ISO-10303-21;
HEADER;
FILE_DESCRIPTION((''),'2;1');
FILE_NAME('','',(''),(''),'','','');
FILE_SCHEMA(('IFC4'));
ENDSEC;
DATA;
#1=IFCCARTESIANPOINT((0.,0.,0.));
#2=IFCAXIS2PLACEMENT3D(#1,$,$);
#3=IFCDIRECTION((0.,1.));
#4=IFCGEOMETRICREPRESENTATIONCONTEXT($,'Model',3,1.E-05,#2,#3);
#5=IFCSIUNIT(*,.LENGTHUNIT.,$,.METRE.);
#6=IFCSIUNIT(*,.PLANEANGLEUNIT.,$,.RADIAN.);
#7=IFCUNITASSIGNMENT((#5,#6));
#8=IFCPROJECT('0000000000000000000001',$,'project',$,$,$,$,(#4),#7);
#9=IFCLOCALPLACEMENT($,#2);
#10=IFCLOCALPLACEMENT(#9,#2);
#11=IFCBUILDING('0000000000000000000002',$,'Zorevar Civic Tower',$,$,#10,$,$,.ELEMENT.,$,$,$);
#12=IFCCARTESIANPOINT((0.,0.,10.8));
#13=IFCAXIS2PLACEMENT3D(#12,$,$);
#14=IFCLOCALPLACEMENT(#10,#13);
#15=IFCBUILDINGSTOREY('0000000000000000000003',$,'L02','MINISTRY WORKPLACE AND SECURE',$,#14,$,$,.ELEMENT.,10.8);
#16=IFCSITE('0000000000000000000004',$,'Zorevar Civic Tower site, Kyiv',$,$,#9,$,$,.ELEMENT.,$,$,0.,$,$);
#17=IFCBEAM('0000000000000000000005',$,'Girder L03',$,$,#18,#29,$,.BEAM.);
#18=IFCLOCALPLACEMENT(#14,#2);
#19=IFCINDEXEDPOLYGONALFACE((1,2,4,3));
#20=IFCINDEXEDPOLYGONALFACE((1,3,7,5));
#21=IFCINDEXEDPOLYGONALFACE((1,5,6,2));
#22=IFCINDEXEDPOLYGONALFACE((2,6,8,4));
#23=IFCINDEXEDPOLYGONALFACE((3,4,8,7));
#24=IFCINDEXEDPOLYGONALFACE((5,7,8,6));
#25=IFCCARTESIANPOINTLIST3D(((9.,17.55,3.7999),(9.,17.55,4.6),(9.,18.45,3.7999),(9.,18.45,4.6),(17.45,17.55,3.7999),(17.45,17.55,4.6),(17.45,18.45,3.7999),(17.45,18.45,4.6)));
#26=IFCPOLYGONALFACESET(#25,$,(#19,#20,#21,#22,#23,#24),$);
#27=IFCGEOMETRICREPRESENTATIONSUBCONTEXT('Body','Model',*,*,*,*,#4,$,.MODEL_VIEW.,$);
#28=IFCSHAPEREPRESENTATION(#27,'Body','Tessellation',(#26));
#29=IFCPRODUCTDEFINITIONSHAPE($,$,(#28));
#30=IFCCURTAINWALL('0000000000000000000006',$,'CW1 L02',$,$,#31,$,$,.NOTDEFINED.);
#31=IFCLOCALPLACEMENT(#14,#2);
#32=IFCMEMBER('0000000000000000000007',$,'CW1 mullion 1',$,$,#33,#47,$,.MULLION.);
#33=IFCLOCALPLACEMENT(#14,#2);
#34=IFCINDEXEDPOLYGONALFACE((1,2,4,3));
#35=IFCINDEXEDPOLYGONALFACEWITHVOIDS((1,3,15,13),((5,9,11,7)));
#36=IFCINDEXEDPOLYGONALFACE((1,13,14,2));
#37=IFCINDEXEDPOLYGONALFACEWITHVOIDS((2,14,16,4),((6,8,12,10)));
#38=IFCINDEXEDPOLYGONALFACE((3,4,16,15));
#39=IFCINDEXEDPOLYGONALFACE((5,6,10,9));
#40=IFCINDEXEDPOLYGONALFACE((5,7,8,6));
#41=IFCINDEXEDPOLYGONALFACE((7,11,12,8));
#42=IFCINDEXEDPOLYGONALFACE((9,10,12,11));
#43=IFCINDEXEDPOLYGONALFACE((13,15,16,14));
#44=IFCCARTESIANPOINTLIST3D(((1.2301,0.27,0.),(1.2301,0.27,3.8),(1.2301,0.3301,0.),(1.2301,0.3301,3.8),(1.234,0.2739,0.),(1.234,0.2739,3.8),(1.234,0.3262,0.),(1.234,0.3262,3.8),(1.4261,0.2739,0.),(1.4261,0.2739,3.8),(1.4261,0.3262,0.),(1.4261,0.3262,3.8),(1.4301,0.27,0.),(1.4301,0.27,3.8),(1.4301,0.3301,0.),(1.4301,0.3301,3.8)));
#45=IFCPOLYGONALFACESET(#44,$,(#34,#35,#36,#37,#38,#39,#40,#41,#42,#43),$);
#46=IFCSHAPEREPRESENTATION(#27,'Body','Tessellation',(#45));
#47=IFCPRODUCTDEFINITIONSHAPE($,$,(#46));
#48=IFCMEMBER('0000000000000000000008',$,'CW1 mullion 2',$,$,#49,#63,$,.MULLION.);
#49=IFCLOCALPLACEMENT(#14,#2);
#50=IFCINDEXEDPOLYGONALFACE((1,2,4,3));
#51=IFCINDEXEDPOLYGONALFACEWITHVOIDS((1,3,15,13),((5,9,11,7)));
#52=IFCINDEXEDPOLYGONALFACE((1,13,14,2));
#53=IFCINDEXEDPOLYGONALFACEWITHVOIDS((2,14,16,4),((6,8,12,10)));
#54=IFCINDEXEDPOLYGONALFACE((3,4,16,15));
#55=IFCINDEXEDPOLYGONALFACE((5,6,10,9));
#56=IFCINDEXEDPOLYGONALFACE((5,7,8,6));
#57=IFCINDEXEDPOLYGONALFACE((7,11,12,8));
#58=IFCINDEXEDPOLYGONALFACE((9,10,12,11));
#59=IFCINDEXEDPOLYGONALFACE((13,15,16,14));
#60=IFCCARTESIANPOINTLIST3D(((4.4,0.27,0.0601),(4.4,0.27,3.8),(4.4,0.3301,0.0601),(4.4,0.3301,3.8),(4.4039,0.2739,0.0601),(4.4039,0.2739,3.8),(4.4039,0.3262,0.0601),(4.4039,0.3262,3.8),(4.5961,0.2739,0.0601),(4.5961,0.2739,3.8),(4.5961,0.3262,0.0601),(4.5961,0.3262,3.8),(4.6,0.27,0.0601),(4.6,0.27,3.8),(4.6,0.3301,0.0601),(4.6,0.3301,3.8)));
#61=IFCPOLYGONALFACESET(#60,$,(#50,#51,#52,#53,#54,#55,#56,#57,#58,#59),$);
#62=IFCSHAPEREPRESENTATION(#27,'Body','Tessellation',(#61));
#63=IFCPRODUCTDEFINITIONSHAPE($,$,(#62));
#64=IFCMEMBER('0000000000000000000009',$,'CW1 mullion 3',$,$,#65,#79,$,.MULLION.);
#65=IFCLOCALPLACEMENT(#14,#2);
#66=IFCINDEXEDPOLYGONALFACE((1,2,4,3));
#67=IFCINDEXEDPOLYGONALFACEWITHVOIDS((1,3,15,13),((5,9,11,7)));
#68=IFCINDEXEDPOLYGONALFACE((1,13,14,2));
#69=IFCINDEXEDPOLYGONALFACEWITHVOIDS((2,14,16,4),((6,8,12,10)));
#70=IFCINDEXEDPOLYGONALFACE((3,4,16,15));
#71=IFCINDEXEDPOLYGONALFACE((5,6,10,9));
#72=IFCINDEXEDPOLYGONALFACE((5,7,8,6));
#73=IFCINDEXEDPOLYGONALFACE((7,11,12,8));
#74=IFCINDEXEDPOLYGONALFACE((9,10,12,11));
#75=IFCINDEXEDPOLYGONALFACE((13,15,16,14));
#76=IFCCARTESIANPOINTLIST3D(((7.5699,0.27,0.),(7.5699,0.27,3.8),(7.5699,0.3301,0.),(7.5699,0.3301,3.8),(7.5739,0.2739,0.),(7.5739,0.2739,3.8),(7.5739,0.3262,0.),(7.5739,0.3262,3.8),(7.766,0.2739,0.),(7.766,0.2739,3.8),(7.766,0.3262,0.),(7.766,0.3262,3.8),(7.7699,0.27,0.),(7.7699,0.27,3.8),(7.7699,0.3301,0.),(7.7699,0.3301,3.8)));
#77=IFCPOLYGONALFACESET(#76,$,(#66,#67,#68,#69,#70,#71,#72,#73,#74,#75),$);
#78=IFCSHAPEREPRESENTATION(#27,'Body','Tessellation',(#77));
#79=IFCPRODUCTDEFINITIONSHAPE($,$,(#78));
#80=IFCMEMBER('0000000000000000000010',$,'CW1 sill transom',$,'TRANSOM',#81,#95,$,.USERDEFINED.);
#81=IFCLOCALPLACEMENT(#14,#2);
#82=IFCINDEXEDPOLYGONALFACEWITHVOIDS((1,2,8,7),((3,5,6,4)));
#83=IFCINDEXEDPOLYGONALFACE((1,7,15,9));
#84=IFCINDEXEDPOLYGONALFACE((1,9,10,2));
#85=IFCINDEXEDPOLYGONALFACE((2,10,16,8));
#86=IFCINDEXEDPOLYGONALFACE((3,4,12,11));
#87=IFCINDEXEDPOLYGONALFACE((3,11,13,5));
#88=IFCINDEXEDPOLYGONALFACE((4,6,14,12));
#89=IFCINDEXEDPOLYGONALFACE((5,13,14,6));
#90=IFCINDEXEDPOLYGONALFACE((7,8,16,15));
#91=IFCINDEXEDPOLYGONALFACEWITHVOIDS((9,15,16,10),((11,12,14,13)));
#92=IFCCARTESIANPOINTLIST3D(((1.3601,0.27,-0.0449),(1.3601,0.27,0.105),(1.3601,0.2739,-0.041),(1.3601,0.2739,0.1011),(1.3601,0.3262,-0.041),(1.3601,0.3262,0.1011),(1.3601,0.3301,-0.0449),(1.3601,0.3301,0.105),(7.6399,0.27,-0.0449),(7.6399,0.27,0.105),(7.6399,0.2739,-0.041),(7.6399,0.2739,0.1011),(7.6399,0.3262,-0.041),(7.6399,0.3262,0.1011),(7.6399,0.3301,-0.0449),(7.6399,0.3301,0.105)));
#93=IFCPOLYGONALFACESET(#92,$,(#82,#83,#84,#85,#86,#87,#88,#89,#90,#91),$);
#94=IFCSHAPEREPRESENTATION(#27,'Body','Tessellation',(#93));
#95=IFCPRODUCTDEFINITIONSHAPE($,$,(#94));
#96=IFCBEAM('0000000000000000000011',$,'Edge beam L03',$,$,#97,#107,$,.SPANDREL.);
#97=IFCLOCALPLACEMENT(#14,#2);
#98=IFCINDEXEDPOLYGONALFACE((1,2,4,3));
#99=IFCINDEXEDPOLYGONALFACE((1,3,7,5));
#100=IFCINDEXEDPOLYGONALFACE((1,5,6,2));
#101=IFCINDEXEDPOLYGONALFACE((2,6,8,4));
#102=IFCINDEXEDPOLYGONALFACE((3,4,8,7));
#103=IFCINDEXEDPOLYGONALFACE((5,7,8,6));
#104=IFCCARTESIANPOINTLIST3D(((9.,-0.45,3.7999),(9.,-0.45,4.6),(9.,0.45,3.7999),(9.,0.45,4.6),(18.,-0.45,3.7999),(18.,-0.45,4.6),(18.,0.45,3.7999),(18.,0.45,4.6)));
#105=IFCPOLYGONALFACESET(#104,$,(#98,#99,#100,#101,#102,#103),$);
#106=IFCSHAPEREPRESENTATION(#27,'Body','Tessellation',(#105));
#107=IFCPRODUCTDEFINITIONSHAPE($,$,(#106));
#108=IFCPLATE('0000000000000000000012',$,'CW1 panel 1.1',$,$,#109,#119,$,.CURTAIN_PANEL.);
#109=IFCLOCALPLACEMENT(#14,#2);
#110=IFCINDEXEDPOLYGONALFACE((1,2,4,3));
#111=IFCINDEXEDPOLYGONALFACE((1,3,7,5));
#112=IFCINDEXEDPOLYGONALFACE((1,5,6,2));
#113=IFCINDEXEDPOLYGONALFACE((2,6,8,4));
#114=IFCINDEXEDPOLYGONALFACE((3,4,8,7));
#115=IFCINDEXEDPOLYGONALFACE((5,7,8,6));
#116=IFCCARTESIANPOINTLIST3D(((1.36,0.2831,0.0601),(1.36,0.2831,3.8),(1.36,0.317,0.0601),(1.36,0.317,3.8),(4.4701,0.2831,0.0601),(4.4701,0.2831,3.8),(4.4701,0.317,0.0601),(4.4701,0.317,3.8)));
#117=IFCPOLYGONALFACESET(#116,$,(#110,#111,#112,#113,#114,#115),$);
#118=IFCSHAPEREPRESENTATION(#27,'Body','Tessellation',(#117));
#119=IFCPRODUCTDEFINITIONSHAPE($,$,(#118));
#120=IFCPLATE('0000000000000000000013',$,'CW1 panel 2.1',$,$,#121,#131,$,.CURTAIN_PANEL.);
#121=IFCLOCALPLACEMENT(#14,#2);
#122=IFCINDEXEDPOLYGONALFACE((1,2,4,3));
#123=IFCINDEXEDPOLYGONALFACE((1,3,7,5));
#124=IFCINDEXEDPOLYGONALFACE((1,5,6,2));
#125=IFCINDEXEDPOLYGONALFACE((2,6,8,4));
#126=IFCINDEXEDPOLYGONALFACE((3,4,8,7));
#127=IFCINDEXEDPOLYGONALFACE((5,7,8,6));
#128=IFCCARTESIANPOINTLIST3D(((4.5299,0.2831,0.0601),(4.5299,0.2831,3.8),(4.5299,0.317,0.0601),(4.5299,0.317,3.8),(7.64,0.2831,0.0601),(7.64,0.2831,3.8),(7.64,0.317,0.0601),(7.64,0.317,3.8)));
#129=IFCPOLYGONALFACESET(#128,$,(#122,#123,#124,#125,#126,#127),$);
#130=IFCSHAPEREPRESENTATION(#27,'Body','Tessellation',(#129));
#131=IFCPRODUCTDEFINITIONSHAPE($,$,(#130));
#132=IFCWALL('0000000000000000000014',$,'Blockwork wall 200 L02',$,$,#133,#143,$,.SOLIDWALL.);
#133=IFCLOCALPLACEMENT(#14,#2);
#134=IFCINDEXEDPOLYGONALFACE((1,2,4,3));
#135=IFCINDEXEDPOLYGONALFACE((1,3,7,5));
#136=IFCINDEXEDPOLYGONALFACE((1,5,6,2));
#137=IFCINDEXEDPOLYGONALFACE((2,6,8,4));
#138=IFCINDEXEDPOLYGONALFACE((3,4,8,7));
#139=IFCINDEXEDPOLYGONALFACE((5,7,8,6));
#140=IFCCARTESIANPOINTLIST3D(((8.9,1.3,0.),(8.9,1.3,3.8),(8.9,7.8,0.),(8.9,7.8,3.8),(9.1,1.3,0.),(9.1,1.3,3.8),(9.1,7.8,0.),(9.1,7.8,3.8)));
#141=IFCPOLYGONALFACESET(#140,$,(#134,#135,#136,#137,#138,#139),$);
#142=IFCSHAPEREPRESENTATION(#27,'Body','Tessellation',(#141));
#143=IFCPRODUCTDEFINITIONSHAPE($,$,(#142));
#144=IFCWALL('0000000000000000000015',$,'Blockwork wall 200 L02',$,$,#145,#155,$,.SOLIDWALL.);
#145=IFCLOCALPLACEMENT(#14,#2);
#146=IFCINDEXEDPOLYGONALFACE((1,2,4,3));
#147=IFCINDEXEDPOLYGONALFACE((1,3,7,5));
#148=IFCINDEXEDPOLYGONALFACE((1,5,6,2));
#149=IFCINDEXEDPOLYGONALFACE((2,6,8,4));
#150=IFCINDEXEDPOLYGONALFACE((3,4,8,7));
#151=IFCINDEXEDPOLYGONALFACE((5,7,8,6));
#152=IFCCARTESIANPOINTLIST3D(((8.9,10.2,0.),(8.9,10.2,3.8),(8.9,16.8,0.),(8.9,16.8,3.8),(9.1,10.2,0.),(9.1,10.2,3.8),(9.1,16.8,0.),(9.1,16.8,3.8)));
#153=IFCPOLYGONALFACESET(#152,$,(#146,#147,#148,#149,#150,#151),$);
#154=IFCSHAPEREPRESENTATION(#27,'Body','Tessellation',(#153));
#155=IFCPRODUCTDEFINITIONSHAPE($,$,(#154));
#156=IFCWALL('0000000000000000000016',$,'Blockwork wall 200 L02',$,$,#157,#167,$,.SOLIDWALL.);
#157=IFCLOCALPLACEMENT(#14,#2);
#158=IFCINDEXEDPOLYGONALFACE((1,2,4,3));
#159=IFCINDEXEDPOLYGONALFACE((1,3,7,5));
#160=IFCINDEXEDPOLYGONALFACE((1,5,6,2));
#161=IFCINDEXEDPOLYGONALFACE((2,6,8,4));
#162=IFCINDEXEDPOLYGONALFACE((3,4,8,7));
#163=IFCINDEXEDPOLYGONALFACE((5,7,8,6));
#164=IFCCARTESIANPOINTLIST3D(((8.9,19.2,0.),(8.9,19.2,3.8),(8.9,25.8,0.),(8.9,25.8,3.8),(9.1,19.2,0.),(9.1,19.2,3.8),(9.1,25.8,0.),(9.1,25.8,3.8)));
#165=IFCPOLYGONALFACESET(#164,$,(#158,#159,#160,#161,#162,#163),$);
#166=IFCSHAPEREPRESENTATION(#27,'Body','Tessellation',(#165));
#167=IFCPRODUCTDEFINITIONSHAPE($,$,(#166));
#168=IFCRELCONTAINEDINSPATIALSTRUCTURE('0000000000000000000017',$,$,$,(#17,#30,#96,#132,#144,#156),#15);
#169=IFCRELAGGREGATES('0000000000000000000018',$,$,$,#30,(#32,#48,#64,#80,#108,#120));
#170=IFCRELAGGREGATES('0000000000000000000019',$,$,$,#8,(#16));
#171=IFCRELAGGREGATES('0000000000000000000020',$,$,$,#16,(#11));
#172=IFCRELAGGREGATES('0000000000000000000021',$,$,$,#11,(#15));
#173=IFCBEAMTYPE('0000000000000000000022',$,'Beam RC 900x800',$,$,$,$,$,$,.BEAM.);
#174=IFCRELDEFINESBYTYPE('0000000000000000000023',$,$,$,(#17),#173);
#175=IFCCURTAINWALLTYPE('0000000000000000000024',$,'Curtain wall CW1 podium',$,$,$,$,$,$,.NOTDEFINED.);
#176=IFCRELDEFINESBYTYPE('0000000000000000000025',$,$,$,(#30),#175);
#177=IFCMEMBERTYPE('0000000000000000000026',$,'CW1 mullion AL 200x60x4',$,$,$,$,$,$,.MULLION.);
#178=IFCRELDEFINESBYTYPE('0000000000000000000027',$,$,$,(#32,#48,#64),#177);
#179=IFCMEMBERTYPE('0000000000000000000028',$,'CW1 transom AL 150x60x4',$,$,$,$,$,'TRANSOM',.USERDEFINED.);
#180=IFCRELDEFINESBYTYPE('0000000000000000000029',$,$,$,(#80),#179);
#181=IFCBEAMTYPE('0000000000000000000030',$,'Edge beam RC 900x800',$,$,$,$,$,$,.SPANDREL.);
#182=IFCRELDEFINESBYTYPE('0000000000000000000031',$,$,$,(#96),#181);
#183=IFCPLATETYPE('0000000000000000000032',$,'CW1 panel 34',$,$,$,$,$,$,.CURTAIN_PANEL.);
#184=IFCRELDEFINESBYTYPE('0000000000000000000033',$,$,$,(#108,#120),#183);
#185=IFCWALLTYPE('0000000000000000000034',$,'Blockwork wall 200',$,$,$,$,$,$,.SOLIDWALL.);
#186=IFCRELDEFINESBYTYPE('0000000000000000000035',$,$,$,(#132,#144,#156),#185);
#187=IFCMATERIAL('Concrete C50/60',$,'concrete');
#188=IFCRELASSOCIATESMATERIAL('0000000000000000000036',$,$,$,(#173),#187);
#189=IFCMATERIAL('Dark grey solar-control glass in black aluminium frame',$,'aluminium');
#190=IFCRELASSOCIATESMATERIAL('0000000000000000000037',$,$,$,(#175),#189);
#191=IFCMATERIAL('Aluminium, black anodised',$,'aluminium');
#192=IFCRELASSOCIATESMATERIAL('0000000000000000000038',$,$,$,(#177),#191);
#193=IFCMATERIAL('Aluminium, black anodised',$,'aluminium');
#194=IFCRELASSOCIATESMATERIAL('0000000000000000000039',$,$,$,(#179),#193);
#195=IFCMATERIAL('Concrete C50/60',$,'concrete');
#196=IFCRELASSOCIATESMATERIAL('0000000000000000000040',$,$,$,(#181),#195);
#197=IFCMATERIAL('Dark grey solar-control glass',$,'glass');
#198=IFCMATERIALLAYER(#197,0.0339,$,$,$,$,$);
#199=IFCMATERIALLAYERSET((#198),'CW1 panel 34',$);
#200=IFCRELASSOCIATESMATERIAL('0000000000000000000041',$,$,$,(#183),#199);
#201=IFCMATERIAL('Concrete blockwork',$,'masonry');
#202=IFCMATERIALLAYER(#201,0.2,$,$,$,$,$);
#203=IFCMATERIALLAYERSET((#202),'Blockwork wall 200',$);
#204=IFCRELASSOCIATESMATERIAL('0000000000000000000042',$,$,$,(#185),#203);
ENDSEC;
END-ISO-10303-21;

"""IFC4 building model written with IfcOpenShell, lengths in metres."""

from ifc_helpers import new_model, si_unit, direction, frame, frame_2d, origin, origin_2d, place, context, subcontext, project, spatial, rectangle, hollow_rectangle, extrude, material, layer, layer_set, material_profile, profile_set, type_object, element, aggregate, save


model = new_model("IFC4")

# Units and contexts
model_context = context("Model", 3, precision=1e-05, world=origin(), true_north=direction((0.0, 1.0)))
body_context = subcontext(model_context, "Body", "Model", "MODEL_VIEW")
ifc_project = project(units=[si_unit("LENGTHUNIT", "METRE"), si_unit("PLANEANGLEUNIT", "RADIAN")], contexts=[model_context])

# Site, building, storey
site_placement = place(None, origin())
site = spatial("IfcSite", under=ifc_project, at=site_placement, Name="Zorevar Civic Tower site, Kyiv", CompositionType="ELEMENT", RefElevation=0.0)
building_placement = place(site_placement, origin())
building = spatial("IfcBuilding", under=site, at=building_placement, Name="Zorevar Civic Tower", CompositionType="ELEMENT")
storey_placement = place(building_placement, frame((0.0, 0.0, 10.8)))
storey = spatial("IfcBuildingStorey", under=building, at=storey_placement, Name="L02", Description="MINISTRY WORKPLACE AND SECURE", CompositionType="ELEMENT", Elevation=10.8)

# Beam
ifc_material_1 = material(Name="Concrete C50/60", Category="concrete")
ifc_material_profile_1 = material_profile(ifc_material_1, rectangle(XDim=0.8999, YDim=0.8, at=origin_2d()), Name="RC 900x800")
ifc_profile_set_1 = profile_set([ifc_material_profile_1], Name="Concrete C50/60")
beam_type_1 = type_object("IfcBeamType", Name="Beam RC 900x800", PredefinedType="BEAM", material=ifc_profile_set_1)
beam_1_placement = place(storey_placement, frame((9.0, 18.0, 4.2), z_axis=(1.0, 0.0, 0.0), x_axis=(0.0, 1.0, 0.0)))
element("IfcBeam", 1, at=beam_1_placement, inside=storey, type_object=beam_type_1, Name="Girder L03", PredefinedType="BEAM", context=body_context, shape_type="SweptSolid", body=[
    extrude(rectangle(XDim=0.8999, YDim=0.8, at=origin_2d()), origin(), (0.0, 0.0, 1.0), 8.45),
])

# Curtain wall, members
ifc_material_2 = material(Name="Dark grey solar-control glass in black aluminium frame", Category="aluminium")
curtain_wall_type = type_object("IfcCurtainWallType", Name="Curtain wall CW1 podium", PredefinedType="NOTDEFINED", material=ifc_material_2)
curtain_wall_placement = place(storey_placement, origin())
curtain_wall = element("IfcCurtainWall", 2, at=curtain_wall_placement, inside=storey, type_object=curtain_wall_type, Name="CW1 L02", PredefinedType="NOTDEFINED")
ifc_material_3 = material(Name="Aluminium, black anodised", Category="aluminium")
ifc_material_profile_2 = material_profile(ifc_material_3, hollow_rectangle(XDim=0.0601, YDim=0.2, WallThickness=0.0039, at=origin_2d()), Name="AL 200x60x4")
ifc_profile_set_2 = profile_set([ifc_material_profile_2], Name="Aluminium, black anodised")
member_type_1 = type_object("IfcMemberType", Name="CW1 mullion AL 200x60x4", PredefinedType="MULLION", material=ifc_profile_set_2)
member_1_placement = place(storey_placement, frame((1.3301, 0.3, 0.0), z_axis=(0.0, 0.0, 1.0), x_axis=(0.0, 1.0, 0.0)))
member_1 = element("IfcMember", 3, at=member_1_placement, type_object=member_type_1, Name="CW1 mullion 1", PredefinedType="MULLION", context=body_context, shape_type="SweptSolid", body=[
    extrude(hollow_rectangle(XDim=0.0601, YDim=0.2, WallThickness=0.0039, at=origin_2d()), origin(), (0.0, 0.0, 1.0), 3.8),
])
member_2_placement = place(storey_placement, frame((4.5, 0.3, 0.0601), z_axis=(0.0, 0.0, 1.0), x_axis=(0.0, 1.0, 0.0)))
member_2 = element("IfcMember", 4, at=member_2_placement, type_object=member_type_1, Name="CW1 mullion 2", PredefinedType="MULLION", context=body_context, shape_type="SweptSolid", body=[
    extrude(hollow_rectangle(XDim=0.0601, YDim=0.2, WallThickness=0.0039, at=origin_2d()), origin(), (0.0, 0.0, 1.0), 3.74),
])
member_3_placement = place(storey_placement, frame((7.6699, 0.3, 0.0), z_axis=(0.0, 0.0, 1.0), x_axis=(0.0, 1.0, 0.0)))
member_3 = element("IfcMember", 5, at=member_3_placement, type_object=member_type_1, Name="CW1 mullion 3", PredefinedType="MULLION", context=body_context, shape_type="SweptSolid", body=[
    extrude(hollow_rectangle(XDim=0.0601, YDim=0.2, WallThickness=0.0039, at=origin_2d()), origin(), (0.0, 0.0, 1.0), 3.8),
])
ifc_material_4 = material(Name="Aluminium, black anodised", Category="aluminium")
ifc_material_profile_3 = material_profile(ifc_material_4, hollow_rectangle(XDim=0.0601, YDim=0.1499, WallThickness=0.0039, at=origin_2d()), Name="AL 150x60x4")
ifc_profile_set_3 = profile_set([ifc_material_profile_3], Name="Aluminium, black anodised")
member_type_2 = type_object("IfcMemberType", Name="CW1 transom AL 150x60x4", ElementType="TRANSOM", PredefinedType="USERDEFINED", material=ifc_profile_set_3)
member_4_placement = place(storey_placement, frame((1.3601, 0.3, 0.03), z_axis=(1.0, 0.0, 0.0), x_axis=(0.0, 1.0, 0.0)))
member_4 = element("IfcMember", 6, at=member_4_placement, type_object=member_type_2, Name="CW1 sill transom", ObjectType="TRANSOM", PredefinedType="USERDEFINED", context=body_context, shape_type="SweptSolid", body=[
    extrude(hollow_rectangle(XDim=0.0601, YDim=0.1499, WallThickness=0.0039, at=origin_2d()), origin(), (0.0, 0.0, 1.0), 6.2798),
])

# Beam
ifc_material_5 = material(Name="Concrete C50/60", Category="concrete")
ifc_material_profile_4 = material_profile(ifc_material_5, rectangle(XDim=0.8999, YDim=0.8, at=origin_2d()), Name="RC 900x800")
ifc_profile_set_4 = profile_set([ifc_material_profile_4], Name="Concrete C50/60")
beam_type_2 = type_object("IfcBeamType", Name="Edge beam RC 900x800", PredefinedType="SPANDREL", material=ifc_profile_set_4)
beam_2_placement = place(storey_placement, frame((9.0, 0.0, 4.2), z_axis=(1.0, 0.0, 0.0), x_axis=(0.0, 1.0, 0.0)))
element("IfcBeam", 7, at=beam_2_placement, inside=storey, type_object=beam_type_2, Name="Edge beam L03", PredefinedType="SPANDREL", context=body_context, shape_type="SweptSolid", body=[
    extrude(rectangle(XDim=0.8999, YDim=0.8, at=origin_2d()), origin(), (0.0, 0.0, 1.0), 9.0),
])

# Plates
ifc_material_6 = material(Name="Dark grey solar-control glass", Category="glass")
ifc_layer_1 = layer(ifc_material_6, 0.0339)
ifc_layer_set_1 = layer_set([ifc_layer_1], Name="CW1 panel 34")
plate_type = type_object("IfcPlateType", Name="CW1 panel 34", PredefinedType="CURTAIN_PANEL", material=ifc_layer_set_1)
plate_1_placement = place(storey_placement, frame((2.915, 0.3, 0.0601), z_axis=(0.0, 0.0, 1.0), x_axis=(1.0, 0.0, 0.0)))
plate_1 = element("IfcPlate", 8, at=plate_1_placement, type_object=plate_type, Name="CW1 panel 1.1", PredefinedType="CURTAIN_PANEL", context=body_context, shape_type="SweptSolid", body=[
    extrude(rectangle(XDim=3.1101, YDim=0.0339, at=origin_2d()), origin(), (0.0, 0.0, 1.0), 3.74),
])
plate_2_placement = place(storey_placement, frame((6.085, 0.3, 0.0601), z_axis=(0.0, 0.0, 1.0), x_axis=(1.0, 0.0, 0.0)))
plate_2 = element("IfcPlate", 9, at=plate_2_placement, type_object=plate_type, Name="CW1 panel 2.1", PredefinedType="CURTAIN_PANEL", context=body_context, shape_type="SweptSolid", body=[
    extrude(rectangle(XDim=3.1101, YDim=0.0339, at=origin_2d()), origin(), (0.0, 0.0, 1.0), 3.74),
])
aggregate(curtain_wall, [member_1, member_2, member_3, member_4, plate_1, plate_2])

# Walls
ifc_material_7 = material(Name="Concrete blockwork", Category="masonry")
ifc_layer_2 = layer(ifc_material_7, 0.2)
ifc_layer_set_2 = layer_set([ifc_layer_2], Name="Blockwork wall 200")
wall_type_1 = type_object("IfcWallType", Name="Blockwork wall 200", PredefinedType="SOLIDWALL", material=ifc_layer_set_2)
wall_1_placement = place(storey_placement, frame((9.0, 1.3, 0.0), z_axis=(0.0, 0.0, 1.0), x_axis=(0.0, 1.0, 0.0)))
element("IfcWall", 10, at=wall_1_placement, inside=storey, type_object=wall_type_1, Name="Blockwork wall 200 L02", PredefinedType="SOLIDWALL", context=body_context, shape_type="SweptSolid", body=[
    extrude(rectangle(XDim=6.5, YDim=0.2, at=frame_2d((3.25, 0.0))), origin(), (0.0, 0.0, 1.0), 3.8),
])
for number, where, z_axis, x_axis, name in (
    (11, (9.0, 10.2, 0.0), (0.0, 0.0, 1.0), (0.0, 1.0, 0.0), "Blockwork wall 200 L02"),
    (12, (9.0, 19.2, 0.0), (0.0, 0.0, 1.0), (0.0, 1.0, 0.0), "Blockwork wall 200 L02"),
):
    element("IfcWall", number, at=place(storey_placement, frame(where, z_axis=z_axis, x_axis=x_axis)), inside=storey, type_object=wall_type_1, Name=name, PredefinedType="SOLIDWALL", context=body_context, shape_type="SweptSolid", body=[
        extrude(rectangle(XDim=6.6001, YDim=0.2, at=frame_2d((3.3, 0.0))), origin(), (0.0, 0.0, 1.0), 3.8),
    ])

save(model, "model.ifc")
